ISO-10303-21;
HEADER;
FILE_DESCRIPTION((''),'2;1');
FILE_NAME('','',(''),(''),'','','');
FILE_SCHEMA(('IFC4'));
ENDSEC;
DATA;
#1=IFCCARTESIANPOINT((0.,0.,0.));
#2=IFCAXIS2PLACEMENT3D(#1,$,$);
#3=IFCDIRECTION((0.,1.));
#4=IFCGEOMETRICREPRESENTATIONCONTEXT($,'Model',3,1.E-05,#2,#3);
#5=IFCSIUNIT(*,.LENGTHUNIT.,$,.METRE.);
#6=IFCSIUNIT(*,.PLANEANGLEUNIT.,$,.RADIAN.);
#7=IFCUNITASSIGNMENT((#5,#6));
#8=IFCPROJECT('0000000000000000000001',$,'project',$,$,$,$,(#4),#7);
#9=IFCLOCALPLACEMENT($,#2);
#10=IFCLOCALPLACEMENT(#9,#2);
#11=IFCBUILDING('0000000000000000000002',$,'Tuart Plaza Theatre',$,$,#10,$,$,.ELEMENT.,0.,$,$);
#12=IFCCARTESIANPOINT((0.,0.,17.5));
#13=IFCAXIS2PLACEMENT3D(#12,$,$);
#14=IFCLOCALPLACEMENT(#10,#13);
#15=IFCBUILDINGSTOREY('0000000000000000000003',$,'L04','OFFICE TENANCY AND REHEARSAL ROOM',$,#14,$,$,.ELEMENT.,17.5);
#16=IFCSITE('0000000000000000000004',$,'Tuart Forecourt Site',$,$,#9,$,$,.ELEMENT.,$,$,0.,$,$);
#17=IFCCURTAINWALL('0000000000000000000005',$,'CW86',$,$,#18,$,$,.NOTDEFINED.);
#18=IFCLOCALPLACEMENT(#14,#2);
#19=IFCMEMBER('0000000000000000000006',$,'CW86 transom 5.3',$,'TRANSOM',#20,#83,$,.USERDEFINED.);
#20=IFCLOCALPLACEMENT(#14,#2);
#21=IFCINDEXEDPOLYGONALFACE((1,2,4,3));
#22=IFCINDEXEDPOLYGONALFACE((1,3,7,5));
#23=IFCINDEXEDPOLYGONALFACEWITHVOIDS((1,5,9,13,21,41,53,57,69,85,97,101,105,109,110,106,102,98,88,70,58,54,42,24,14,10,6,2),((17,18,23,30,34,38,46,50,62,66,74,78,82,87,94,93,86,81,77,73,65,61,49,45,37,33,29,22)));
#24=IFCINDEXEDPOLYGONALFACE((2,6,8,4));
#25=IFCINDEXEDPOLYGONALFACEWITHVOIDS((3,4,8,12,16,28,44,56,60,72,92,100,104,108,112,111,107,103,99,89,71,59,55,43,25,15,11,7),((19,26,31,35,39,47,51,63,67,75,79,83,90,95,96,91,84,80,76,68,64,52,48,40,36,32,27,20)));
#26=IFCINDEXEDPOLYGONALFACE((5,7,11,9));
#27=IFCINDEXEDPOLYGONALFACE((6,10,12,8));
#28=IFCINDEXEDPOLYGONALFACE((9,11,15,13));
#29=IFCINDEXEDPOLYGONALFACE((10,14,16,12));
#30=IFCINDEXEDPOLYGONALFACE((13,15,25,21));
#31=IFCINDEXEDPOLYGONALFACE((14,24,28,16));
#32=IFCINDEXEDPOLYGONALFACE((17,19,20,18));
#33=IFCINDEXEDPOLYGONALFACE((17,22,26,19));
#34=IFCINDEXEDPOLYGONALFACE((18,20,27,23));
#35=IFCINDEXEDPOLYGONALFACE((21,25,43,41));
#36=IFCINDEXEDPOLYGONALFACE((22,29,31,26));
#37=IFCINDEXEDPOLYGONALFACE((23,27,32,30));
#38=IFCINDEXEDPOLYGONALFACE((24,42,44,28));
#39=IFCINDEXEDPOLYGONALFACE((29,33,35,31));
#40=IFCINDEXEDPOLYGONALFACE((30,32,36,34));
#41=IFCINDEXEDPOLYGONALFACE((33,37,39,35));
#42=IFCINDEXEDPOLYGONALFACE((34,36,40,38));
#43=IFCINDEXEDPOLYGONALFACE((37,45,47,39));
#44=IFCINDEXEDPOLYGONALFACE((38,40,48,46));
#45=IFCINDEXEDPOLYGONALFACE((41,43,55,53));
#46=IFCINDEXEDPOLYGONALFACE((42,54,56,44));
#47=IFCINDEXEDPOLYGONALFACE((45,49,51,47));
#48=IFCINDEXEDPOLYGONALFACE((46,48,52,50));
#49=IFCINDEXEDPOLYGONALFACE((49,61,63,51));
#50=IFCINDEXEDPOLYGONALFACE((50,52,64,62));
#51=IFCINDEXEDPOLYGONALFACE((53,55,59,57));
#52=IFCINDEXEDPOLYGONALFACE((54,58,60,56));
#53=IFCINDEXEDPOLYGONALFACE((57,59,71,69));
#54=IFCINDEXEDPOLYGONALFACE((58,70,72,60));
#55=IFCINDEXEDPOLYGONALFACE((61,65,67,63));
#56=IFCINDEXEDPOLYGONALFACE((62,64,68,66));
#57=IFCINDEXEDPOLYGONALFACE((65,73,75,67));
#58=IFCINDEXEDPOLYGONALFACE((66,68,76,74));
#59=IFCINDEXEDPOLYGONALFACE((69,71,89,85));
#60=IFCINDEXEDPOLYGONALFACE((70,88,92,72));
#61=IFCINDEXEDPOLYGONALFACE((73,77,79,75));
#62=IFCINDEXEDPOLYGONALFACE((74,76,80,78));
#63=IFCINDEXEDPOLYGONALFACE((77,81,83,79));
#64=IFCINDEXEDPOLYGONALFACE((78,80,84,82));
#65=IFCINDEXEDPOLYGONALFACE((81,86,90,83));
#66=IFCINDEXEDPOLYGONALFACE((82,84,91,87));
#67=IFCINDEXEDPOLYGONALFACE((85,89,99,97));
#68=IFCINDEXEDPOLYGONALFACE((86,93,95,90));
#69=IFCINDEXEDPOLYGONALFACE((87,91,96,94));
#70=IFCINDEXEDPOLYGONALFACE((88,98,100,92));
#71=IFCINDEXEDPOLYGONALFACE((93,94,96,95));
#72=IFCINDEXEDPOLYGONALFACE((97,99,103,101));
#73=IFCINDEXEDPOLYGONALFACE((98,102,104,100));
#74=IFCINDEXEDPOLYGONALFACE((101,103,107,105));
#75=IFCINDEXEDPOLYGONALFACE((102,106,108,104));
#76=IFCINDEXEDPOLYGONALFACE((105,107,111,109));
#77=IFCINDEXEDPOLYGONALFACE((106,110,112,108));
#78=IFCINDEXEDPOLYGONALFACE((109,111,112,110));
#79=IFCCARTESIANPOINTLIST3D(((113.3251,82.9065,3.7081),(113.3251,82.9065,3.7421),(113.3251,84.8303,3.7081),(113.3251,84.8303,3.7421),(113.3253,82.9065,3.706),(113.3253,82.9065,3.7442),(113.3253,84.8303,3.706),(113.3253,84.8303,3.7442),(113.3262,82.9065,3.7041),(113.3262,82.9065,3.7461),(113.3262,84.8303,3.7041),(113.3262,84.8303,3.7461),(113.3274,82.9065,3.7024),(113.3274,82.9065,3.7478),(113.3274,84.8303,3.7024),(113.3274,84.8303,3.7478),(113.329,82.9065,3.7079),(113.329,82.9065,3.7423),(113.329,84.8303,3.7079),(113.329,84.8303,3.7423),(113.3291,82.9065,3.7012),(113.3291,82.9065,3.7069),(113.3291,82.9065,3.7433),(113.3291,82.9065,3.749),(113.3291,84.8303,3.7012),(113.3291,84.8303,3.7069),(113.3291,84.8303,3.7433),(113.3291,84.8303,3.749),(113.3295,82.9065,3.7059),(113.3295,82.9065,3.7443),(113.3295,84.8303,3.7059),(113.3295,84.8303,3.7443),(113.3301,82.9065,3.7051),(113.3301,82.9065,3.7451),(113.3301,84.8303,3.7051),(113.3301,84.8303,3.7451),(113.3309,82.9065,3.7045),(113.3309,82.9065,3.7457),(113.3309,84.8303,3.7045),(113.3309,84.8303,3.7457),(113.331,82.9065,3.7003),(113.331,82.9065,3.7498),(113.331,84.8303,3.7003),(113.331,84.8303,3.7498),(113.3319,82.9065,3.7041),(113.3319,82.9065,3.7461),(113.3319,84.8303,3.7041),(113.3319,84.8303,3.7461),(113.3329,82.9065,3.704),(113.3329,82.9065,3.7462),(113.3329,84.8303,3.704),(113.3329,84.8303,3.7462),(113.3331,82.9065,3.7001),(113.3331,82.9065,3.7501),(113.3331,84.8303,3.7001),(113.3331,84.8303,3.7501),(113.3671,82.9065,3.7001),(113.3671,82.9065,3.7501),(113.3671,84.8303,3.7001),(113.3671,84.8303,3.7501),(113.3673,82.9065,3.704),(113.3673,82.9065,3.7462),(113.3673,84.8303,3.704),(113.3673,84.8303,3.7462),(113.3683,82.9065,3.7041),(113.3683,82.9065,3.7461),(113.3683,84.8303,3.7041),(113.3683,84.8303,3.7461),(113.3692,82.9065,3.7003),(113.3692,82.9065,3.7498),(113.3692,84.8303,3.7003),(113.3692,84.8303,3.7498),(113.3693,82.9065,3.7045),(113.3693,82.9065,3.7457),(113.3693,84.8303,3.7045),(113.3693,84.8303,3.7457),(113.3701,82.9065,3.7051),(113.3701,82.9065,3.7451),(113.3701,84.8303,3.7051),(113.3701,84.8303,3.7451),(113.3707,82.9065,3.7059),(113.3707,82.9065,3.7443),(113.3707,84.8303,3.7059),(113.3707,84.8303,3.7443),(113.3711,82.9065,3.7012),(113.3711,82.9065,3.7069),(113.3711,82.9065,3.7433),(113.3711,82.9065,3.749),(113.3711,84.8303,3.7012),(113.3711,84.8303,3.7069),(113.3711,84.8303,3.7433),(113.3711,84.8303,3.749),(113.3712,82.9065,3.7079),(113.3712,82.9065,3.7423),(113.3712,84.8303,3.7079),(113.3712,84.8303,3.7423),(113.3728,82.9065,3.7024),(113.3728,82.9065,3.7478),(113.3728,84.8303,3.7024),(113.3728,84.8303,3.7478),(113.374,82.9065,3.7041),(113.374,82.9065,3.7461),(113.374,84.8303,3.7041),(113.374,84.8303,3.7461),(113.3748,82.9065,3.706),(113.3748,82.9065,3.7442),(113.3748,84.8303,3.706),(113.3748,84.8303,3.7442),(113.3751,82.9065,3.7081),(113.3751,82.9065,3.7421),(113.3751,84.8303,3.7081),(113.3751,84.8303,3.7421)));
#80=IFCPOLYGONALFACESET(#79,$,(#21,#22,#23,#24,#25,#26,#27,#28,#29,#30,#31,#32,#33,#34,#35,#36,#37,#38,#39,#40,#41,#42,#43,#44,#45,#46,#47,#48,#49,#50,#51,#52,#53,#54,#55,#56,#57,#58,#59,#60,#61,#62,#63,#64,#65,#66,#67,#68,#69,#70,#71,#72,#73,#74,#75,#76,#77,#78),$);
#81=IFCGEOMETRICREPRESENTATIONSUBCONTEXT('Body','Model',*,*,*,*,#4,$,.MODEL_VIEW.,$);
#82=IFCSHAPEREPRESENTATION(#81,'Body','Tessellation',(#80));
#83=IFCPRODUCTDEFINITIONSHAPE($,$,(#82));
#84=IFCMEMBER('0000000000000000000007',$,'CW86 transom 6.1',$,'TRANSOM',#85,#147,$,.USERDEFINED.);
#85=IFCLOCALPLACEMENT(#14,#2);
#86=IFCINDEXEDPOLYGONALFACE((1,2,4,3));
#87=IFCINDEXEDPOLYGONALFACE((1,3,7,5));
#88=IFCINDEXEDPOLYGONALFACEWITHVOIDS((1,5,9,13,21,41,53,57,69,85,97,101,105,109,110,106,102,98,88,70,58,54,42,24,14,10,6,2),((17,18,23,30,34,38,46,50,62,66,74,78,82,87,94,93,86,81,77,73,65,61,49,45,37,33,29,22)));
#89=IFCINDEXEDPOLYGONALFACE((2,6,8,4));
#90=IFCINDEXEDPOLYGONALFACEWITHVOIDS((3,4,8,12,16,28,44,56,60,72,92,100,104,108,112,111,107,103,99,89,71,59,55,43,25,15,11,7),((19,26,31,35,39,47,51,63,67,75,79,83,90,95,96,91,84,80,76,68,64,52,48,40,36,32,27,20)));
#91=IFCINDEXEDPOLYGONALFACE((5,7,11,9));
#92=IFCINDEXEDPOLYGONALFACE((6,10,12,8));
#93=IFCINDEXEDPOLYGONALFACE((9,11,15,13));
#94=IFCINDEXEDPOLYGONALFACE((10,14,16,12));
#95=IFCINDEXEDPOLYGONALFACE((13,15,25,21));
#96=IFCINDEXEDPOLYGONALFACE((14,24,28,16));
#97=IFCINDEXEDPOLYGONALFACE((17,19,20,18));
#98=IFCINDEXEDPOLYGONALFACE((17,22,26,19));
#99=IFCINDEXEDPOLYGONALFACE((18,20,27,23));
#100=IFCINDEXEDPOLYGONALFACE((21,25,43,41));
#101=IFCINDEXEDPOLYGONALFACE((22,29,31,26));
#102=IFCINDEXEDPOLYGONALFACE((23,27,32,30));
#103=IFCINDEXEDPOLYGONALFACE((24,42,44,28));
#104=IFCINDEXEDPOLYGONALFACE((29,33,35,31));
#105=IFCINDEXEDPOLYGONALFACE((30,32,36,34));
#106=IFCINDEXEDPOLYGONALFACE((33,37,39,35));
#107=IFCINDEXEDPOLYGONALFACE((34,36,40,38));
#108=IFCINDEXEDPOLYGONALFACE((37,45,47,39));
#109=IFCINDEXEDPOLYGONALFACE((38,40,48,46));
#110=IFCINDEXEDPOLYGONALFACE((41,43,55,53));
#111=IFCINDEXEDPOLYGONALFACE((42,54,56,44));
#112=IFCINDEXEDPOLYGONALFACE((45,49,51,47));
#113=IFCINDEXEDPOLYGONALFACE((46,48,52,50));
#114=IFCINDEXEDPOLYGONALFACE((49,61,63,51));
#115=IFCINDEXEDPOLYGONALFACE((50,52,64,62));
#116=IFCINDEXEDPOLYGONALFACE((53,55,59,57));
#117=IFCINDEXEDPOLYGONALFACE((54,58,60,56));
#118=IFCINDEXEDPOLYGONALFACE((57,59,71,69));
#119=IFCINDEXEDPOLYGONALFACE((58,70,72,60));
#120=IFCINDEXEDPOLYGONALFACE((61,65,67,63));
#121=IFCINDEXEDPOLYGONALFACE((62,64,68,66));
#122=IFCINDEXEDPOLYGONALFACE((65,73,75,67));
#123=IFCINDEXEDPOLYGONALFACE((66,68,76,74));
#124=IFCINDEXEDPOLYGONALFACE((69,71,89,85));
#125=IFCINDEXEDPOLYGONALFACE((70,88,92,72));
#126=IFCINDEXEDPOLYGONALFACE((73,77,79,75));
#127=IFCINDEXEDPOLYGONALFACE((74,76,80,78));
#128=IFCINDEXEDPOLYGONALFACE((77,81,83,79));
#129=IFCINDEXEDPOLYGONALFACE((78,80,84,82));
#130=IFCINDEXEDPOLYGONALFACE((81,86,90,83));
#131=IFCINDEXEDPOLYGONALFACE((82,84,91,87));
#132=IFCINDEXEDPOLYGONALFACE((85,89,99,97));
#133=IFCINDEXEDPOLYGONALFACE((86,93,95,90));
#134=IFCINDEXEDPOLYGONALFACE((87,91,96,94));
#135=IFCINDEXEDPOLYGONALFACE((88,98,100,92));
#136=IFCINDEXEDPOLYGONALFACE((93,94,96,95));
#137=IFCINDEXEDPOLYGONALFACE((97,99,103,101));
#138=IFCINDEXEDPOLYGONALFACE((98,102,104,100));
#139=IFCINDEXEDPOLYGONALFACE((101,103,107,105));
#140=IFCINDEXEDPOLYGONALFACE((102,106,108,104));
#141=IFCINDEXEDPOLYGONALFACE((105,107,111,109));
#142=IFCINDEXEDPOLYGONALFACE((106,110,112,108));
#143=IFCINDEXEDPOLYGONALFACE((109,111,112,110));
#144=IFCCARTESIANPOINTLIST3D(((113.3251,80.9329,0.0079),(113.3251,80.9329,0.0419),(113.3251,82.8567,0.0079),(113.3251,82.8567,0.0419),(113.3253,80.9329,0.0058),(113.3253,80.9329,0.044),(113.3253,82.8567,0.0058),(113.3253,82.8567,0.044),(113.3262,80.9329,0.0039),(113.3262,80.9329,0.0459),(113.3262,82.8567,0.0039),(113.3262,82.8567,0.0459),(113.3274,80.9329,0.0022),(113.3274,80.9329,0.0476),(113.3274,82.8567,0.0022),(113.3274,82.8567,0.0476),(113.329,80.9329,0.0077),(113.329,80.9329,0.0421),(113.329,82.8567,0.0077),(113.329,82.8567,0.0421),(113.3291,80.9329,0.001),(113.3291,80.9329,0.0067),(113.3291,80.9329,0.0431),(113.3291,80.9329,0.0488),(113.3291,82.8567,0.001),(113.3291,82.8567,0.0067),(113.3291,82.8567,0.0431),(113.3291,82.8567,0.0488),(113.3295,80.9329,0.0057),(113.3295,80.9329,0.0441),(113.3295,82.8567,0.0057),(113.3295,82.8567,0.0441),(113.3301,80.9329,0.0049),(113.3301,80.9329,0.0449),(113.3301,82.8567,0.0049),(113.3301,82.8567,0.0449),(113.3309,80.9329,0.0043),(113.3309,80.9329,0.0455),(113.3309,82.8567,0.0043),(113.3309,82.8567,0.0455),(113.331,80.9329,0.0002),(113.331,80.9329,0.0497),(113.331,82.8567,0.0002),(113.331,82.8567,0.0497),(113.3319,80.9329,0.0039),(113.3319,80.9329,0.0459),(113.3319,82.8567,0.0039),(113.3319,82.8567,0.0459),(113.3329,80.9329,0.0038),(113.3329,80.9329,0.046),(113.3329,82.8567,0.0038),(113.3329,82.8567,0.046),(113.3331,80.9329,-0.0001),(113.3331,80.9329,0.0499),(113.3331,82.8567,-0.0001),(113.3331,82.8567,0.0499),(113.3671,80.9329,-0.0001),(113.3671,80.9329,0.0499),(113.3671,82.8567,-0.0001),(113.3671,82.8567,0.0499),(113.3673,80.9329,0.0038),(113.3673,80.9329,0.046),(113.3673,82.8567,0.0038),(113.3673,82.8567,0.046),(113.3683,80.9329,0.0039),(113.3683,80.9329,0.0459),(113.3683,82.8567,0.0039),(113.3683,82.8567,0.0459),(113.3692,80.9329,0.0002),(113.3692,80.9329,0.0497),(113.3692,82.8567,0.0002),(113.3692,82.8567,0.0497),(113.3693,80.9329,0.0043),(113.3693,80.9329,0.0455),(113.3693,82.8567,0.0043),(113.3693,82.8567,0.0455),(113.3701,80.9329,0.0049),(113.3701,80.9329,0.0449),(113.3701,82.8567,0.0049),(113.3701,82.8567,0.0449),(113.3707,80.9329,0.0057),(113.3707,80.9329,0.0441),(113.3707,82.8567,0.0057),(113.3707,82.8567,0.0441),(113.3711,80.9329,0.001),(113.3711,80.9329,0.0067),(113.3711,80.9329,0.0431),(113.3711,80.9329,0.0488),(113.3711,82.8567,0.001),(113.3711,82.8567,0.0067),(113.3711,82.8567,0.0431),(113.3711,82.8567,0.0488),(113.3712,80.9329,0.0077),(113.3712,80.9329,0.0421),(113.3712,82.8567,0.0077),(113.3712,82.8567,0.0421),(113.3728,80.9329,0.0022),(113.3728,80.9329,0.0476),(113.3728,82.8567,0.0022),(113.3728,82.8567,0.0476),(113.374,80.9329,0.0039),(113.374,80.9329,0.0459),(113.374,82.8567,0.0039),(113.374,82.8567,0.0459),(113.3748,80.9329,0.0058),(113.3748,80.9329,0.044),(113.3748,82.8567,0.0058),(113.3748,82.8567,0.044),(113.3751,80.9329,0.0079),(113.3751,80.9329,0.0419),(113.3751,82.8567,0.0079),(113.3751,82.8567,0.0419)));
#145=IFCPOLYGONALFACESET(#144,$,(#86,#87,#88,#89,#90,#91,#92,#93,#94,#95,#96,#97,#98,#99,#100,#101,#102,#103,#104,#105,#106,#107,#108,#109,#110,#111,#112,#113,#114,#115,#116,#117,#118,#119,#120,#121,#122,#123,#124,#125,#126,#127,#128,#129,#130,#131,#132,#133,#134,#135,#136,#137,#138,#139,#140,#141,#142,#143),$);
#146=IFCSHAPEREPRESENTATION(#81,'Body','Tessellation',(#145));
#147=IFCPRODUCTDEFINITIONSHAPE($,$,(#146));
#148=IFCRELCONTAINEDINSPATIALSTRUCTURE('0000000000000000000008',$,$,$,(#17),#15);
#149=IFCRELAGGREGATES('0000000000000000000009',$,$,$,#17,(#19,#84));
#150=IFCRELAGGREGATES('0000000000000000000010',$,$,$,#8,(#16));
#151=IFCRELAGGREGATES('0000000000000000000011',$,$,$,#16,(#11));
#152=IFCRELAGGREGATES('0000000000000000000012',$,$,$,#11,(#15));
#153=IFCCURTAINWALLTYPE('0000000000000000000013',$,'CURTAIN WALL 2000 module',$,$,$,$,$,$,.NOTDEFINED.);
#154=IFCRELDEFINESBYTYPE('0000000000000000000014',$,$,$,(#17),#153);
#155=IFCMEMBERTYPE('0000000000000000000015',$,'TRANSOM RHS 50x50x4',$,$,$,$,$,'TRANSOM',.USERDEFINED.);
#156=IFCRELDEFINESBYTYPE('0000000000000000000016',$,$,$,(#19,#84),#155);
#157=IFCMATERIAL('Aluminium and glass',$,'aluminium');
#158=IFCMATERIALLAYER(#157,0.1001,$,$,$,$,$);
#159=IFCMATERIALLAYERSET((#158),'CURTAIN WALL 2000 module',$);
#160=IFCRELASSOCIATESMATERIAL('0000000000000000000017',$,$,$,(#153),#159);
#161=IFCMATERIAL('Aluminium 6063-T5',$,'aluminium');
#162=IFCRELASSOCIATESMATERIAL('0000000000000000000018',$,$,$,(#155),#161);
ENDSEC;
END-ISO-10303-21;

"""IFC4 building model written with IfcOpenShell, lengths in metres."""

from ifc_helpers import new_model, si_unit, direction, frame, origin, origin_2d, place, context, subcontext, project, spatial, hollow_rectangle, extrude, material, layer, layer_set, material_profile, profile_set, type_object, element, aggregate, save


model = new_model("IFC4")

# Units and contexts
model_context = context("Model", 3, precision=1e-05, world=origin(), true_north=direction((0.0, 1.0)))
body_context = subcontext(model_context, "Body", "Model", "MODEL_VIEW")
ifc_project = project(units=[si_unit("LENGTHUNIT", "METRE"), si_unit("PLANEANGLEUNIT", "RADIAN")], contexts=[model_context])

# Site, building, storey
site_placement = place(None, origin())
site = spatial("IfcSite", under=ifc_project, at=site_placement, Name="Tuart Forecourt Site", CompositionType="ELEMENT", RefElevation=0.0)
building_placement = place(site_placement, origin())
building = spatial("IfcBuilding", under=site, at=building_placement, Name="Tuart Plaza Theatre", CompositionType="ELEMENT", ElevationOfRefHeight=0.0)
storey_placement = place(building_placement, frame((0.0, 0.0, 17.5)))
storey = spatial("IfcBuildingStorey", under=building, at=storey_placement, Name="L04", Description="OFFICE TENANCY AND REHEARSAL ROOM", CompositionType="ELEMENT", Elevation=17.5)

# Curtain wall, members
ifc_material_1 = material(Name="Aluminium and glass", Category="aluminium")
ifc_layer_1 = layer(ifc_material_1, 0.1001)
ifc_layer_set_1 = layer_set([ifc_layer_1], Name="CURTAIN WALL 2000 module")
curtain_wall_type = type_object("IfcCurtainWallType", Name="CURTAIN WALL 2000 module", PredefinedType="NOTDEFINED", material=ifc_layer_set_1)
curtain_wall_placement = place(storey_placement, origin())
curtain_wall = element("IfcCurtainWall", 1, at=curtain_wall_placement, inside=storey, type_object=curtain_wall_type, Name="CW86", PredefinedType="NOTDEFINED")
ifc_material_2 = material(Name="Aluminium 6063-T5", Category="aluminium")
ifc_material_profile_1 = material_profile(ifc_material_2, hollow_rectangle(XDim=0.05, YDim=0.05, WallThickness=0.0039, InnerFilletRadius=0.0039, OuterFilletRadius=0.0081, at=origin_2d()), Name="RHS 50x50x4")
ifc_profile_set_1 = profile_set([ifc_material_profile_1], Name="Aluminium 6063-T5")
member_type_1 = type_object("IfcMemberType", Name="TRANSOM RHS 50x50x4", ElementType="TRANSOM", PredefinedType="USERDEFINED", material=ifc_profile_set_1)
member_1_placement = place(storey_placement, frame((113.3501, 84.8303, 3.7251), z_axis=(0.0, -1.0, 0.0), x_axis=(1.0, 0.0, 0.0)))
member_1 = element("IfcMember", 2, at=member_1_placement, type_object=member_type_1, Name="CW86 transom 5.3", ObjectType="TRANSOM", PredefinedType="USERDEFINED", context=body_context, shape_type="SweptSolid", body=[
    extrude(hollow_rectangle(XDim=0.05, YDim=0.05, WallThickness=0.0039, InnerFilletRadius=0.0039, OuterFilletRadius=0.0081, at=origin_2d()), origin(), (0.0, 0.0, 1.0), 1.9238),
])
member_2_placement = place(storey_placement, frame((113.3501, 82.8567, 0.0249), z_axis=(0.0, -1.0, 0.0), x_axis=(1.0, 0.0, 0.0)))
member_2 = element("IfcMember", 3, at=member_2_placement, type_object=member_type_1, Name="CW86 transom 6.1", ObjectType="TRANSOM", PredefinedType="USERDEFINED", context=body_context, shape_type="SweptSolid", body=[
    extrude(hollow_rectangle(XDim=0.05, YDim=0.05, WallThickness=0.0039, InnerFilletRadius=0.0039, OuterFilletRadius=0.0081, at=origin_2d()), origin(), (0.0, 0.0, 1.0), 1.9238),
])
aggregate(curtain_wall, [member_1, member_2])

save(model, "model.ifc")
